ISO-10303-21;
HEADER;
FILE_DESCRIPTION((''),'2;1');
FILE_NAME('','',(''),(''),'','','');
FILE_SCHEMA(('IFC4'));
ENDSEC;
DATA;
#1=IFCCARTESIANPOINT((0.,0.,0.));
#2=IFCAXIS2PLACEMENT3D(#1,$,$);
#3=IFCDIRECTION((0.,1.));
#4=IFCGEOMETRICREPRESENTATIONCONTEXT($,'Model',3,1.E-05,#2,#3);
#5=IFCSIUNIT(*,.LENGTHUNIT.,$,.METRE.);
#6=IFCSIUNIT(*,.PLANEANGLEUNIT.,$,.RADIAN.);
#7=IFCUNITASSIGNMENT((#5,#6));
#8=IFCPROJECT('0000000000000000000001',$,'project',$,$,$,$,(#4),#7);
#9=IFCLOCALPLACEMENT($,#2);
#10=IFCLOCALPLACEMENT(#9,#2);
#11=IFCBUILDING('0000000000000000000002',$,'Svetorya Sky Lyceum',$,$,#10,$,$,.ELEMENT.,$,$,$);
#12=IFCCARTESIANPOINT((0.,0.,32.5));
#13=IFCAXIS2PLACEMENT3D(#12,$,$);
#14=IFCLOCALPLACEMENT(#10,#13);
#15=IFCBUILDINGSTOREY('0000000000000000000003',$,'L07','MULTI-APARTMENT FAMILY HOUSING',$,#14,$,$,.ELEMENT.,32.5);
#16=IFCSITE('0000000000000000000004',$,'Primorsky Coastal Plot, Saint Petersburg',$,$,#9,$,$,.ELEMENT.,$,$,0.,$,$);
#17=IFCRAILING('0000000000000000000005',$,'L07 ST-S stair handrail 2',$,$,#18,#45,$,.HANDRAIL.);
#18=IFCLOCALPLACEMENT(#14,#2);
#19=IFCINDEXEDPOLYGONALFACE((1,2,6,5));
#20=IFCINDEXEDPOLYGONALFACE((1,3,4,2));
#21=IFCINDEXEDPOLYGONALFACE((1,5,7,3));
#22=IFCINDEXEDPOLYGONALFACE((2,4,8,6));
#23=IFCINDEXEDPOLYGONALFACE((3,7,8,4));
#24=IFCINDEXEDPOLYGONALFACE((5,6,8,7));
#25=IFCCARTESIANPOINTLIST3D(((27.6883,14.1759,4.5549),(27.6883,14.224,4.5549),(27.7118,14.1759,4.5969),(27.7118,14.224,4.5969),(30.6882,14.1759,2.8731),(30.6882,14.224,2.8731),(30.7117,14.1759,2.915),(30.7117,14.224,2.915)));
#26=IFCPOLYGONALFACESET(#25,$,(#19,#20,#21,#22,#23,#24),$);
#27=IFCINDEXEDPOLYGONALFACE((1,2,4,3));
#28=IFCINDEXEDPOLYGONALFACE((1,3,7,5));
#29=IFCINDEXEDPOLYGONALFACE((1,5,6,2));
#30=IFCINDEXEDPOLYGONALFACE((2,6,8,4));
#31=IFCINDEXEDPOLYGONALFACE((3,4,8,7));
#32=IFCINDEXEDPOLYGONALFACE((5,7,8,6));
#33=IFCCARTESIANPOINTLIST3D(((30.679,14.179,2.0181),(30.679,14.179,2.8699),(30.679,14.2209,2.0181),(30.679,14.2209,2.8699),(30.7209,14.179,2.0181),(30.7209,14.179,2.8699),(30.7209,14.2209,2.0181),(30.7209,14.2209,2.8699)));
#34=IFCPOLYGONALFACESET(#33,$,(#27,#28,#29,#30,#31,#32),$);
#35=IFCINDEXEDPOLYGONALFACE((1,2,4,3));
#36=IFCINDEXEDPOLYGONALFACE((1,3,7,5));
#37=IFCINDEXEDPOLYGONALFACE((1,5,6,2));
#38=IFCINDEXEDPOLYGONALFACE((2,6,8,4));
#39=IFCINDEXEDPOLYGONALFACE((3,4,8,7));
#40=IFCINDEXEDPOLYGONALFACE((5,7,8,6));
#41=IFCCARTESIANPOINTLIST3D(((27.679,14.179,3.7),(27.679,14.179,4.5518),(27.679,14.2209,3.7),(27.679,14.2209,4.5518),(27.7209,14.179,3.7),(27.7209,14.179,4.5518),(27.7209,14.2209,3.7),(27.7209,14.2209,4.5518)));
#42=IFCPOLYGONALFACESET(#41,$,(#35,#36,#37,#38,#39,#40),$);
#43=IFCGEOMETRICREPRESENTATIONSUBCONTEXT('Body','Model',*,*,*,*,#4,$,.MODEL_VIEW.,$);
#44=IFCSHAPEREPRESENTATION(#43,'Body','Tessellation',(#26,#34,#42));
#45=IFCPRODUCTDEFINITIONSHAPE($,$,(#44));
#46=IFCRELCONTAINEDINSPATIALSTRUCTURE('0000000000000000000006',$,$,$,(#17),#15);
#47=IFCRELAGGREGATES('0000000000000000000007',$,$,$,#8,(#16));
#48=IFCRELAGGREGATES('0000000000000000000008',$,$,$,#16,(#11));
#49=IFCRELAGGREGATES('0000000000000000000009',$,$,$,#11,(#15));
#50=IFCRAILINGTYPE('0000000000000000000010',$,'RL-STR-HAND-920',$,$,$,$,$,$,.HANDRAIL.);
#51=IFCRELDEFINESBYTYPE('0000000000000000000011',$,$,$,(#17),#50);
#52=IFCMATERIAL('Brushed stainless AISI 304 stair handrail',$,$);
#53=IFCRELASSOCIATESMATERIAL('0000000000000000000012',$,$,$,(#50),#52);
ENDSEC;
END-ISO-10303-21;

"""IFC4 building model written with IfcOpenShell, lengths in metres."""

from ifc_helpers import new_model, si_unit, direction, frame, origin, origin_2d, place, context, subcontext, project, spatial, rectangle, extrude, material, type_object, element, save


model = new_model("IFC4")

# Units and contexts
model_context = context("Model", 3, precision=1e-05, world=origin(), true_north=direction((0.0, 1.0)))
body_context = subcontext(model_context, "Body", "Model", "MODEL_VIEW")
ifc_project = project(units=[si_unit("LENGTHUNIT", "METRE"), si_unit("PLANEANGLEUNIT", "RADIAN")], contexts=[model_context])

# Site, building, storey
site_placement = place(None, origin())
site = spatial("IfcSite", under=ifc_project, at=site_placement, Name="Primorsky Coastal Plot, Saint Petersburg", CompositionType="ELEMENT", RefElevation=0.0)
building_placement = place(site_placement, origin())
building = spatial("IfcBuilding", under=site, at=building_placement, Name="Svetorya Sky Lyceum", CompositionType="ELEMENT")
storey_placement = place(building_placement, frame((0.0, 0.0, 32.5)))
storey = spatial("IfcBuildingStorey", under=building, at=storey_placement, Name="L07", Description="MULTI-APARTMENT FAMILY HOUSING", CompositionType="ELEMENT", Elevation=32.5)

# Railing
ifc_material_1 = material(Name="Brushed stainless AISI 304 stair handrail")
railing_type_1 = type_object("IfcRailingType", Name="RL-STR-HAND-920", PredefinedType="HANDRAIL", material=ifc_material_1)
railing_1_placement = place(storey_placement, frame((30.7, 14.2, 2.0181)))
element("IfcRailing", 1, at=railing_1_placement, inside=storey, type_object=railing_type_1, Name="L07 ST-S stair handrail 2", PredefinedType="HANDRAIL", context=body_context, shape_type="SweptSolid", body=[
    extrude(rectangle(XDim=0.0481, YDim=0.0481, at=origin_2d()), frame((0.0, 0.0, 0.876), z_axis=(-0.872272, 0.0, 0.48902), x_axis=(0.0, -1.0, 0.0)), (0.0, 0.0, 1.0), 3.4392),
    extrude(rectangle(XDim=0.042, YDim=0.042, at=origin_2d()), origin(), (0.0, 0.0, 1.0), 0.8518),
    extrude(rectangle(XDim=0.042, YDim=0.042, at=origin_2d()), frame((-3.0, 0.0, 1.6819)), (0.0, 0.0, 1.0), 0.8518),
])

save(model, "model.ifc")
